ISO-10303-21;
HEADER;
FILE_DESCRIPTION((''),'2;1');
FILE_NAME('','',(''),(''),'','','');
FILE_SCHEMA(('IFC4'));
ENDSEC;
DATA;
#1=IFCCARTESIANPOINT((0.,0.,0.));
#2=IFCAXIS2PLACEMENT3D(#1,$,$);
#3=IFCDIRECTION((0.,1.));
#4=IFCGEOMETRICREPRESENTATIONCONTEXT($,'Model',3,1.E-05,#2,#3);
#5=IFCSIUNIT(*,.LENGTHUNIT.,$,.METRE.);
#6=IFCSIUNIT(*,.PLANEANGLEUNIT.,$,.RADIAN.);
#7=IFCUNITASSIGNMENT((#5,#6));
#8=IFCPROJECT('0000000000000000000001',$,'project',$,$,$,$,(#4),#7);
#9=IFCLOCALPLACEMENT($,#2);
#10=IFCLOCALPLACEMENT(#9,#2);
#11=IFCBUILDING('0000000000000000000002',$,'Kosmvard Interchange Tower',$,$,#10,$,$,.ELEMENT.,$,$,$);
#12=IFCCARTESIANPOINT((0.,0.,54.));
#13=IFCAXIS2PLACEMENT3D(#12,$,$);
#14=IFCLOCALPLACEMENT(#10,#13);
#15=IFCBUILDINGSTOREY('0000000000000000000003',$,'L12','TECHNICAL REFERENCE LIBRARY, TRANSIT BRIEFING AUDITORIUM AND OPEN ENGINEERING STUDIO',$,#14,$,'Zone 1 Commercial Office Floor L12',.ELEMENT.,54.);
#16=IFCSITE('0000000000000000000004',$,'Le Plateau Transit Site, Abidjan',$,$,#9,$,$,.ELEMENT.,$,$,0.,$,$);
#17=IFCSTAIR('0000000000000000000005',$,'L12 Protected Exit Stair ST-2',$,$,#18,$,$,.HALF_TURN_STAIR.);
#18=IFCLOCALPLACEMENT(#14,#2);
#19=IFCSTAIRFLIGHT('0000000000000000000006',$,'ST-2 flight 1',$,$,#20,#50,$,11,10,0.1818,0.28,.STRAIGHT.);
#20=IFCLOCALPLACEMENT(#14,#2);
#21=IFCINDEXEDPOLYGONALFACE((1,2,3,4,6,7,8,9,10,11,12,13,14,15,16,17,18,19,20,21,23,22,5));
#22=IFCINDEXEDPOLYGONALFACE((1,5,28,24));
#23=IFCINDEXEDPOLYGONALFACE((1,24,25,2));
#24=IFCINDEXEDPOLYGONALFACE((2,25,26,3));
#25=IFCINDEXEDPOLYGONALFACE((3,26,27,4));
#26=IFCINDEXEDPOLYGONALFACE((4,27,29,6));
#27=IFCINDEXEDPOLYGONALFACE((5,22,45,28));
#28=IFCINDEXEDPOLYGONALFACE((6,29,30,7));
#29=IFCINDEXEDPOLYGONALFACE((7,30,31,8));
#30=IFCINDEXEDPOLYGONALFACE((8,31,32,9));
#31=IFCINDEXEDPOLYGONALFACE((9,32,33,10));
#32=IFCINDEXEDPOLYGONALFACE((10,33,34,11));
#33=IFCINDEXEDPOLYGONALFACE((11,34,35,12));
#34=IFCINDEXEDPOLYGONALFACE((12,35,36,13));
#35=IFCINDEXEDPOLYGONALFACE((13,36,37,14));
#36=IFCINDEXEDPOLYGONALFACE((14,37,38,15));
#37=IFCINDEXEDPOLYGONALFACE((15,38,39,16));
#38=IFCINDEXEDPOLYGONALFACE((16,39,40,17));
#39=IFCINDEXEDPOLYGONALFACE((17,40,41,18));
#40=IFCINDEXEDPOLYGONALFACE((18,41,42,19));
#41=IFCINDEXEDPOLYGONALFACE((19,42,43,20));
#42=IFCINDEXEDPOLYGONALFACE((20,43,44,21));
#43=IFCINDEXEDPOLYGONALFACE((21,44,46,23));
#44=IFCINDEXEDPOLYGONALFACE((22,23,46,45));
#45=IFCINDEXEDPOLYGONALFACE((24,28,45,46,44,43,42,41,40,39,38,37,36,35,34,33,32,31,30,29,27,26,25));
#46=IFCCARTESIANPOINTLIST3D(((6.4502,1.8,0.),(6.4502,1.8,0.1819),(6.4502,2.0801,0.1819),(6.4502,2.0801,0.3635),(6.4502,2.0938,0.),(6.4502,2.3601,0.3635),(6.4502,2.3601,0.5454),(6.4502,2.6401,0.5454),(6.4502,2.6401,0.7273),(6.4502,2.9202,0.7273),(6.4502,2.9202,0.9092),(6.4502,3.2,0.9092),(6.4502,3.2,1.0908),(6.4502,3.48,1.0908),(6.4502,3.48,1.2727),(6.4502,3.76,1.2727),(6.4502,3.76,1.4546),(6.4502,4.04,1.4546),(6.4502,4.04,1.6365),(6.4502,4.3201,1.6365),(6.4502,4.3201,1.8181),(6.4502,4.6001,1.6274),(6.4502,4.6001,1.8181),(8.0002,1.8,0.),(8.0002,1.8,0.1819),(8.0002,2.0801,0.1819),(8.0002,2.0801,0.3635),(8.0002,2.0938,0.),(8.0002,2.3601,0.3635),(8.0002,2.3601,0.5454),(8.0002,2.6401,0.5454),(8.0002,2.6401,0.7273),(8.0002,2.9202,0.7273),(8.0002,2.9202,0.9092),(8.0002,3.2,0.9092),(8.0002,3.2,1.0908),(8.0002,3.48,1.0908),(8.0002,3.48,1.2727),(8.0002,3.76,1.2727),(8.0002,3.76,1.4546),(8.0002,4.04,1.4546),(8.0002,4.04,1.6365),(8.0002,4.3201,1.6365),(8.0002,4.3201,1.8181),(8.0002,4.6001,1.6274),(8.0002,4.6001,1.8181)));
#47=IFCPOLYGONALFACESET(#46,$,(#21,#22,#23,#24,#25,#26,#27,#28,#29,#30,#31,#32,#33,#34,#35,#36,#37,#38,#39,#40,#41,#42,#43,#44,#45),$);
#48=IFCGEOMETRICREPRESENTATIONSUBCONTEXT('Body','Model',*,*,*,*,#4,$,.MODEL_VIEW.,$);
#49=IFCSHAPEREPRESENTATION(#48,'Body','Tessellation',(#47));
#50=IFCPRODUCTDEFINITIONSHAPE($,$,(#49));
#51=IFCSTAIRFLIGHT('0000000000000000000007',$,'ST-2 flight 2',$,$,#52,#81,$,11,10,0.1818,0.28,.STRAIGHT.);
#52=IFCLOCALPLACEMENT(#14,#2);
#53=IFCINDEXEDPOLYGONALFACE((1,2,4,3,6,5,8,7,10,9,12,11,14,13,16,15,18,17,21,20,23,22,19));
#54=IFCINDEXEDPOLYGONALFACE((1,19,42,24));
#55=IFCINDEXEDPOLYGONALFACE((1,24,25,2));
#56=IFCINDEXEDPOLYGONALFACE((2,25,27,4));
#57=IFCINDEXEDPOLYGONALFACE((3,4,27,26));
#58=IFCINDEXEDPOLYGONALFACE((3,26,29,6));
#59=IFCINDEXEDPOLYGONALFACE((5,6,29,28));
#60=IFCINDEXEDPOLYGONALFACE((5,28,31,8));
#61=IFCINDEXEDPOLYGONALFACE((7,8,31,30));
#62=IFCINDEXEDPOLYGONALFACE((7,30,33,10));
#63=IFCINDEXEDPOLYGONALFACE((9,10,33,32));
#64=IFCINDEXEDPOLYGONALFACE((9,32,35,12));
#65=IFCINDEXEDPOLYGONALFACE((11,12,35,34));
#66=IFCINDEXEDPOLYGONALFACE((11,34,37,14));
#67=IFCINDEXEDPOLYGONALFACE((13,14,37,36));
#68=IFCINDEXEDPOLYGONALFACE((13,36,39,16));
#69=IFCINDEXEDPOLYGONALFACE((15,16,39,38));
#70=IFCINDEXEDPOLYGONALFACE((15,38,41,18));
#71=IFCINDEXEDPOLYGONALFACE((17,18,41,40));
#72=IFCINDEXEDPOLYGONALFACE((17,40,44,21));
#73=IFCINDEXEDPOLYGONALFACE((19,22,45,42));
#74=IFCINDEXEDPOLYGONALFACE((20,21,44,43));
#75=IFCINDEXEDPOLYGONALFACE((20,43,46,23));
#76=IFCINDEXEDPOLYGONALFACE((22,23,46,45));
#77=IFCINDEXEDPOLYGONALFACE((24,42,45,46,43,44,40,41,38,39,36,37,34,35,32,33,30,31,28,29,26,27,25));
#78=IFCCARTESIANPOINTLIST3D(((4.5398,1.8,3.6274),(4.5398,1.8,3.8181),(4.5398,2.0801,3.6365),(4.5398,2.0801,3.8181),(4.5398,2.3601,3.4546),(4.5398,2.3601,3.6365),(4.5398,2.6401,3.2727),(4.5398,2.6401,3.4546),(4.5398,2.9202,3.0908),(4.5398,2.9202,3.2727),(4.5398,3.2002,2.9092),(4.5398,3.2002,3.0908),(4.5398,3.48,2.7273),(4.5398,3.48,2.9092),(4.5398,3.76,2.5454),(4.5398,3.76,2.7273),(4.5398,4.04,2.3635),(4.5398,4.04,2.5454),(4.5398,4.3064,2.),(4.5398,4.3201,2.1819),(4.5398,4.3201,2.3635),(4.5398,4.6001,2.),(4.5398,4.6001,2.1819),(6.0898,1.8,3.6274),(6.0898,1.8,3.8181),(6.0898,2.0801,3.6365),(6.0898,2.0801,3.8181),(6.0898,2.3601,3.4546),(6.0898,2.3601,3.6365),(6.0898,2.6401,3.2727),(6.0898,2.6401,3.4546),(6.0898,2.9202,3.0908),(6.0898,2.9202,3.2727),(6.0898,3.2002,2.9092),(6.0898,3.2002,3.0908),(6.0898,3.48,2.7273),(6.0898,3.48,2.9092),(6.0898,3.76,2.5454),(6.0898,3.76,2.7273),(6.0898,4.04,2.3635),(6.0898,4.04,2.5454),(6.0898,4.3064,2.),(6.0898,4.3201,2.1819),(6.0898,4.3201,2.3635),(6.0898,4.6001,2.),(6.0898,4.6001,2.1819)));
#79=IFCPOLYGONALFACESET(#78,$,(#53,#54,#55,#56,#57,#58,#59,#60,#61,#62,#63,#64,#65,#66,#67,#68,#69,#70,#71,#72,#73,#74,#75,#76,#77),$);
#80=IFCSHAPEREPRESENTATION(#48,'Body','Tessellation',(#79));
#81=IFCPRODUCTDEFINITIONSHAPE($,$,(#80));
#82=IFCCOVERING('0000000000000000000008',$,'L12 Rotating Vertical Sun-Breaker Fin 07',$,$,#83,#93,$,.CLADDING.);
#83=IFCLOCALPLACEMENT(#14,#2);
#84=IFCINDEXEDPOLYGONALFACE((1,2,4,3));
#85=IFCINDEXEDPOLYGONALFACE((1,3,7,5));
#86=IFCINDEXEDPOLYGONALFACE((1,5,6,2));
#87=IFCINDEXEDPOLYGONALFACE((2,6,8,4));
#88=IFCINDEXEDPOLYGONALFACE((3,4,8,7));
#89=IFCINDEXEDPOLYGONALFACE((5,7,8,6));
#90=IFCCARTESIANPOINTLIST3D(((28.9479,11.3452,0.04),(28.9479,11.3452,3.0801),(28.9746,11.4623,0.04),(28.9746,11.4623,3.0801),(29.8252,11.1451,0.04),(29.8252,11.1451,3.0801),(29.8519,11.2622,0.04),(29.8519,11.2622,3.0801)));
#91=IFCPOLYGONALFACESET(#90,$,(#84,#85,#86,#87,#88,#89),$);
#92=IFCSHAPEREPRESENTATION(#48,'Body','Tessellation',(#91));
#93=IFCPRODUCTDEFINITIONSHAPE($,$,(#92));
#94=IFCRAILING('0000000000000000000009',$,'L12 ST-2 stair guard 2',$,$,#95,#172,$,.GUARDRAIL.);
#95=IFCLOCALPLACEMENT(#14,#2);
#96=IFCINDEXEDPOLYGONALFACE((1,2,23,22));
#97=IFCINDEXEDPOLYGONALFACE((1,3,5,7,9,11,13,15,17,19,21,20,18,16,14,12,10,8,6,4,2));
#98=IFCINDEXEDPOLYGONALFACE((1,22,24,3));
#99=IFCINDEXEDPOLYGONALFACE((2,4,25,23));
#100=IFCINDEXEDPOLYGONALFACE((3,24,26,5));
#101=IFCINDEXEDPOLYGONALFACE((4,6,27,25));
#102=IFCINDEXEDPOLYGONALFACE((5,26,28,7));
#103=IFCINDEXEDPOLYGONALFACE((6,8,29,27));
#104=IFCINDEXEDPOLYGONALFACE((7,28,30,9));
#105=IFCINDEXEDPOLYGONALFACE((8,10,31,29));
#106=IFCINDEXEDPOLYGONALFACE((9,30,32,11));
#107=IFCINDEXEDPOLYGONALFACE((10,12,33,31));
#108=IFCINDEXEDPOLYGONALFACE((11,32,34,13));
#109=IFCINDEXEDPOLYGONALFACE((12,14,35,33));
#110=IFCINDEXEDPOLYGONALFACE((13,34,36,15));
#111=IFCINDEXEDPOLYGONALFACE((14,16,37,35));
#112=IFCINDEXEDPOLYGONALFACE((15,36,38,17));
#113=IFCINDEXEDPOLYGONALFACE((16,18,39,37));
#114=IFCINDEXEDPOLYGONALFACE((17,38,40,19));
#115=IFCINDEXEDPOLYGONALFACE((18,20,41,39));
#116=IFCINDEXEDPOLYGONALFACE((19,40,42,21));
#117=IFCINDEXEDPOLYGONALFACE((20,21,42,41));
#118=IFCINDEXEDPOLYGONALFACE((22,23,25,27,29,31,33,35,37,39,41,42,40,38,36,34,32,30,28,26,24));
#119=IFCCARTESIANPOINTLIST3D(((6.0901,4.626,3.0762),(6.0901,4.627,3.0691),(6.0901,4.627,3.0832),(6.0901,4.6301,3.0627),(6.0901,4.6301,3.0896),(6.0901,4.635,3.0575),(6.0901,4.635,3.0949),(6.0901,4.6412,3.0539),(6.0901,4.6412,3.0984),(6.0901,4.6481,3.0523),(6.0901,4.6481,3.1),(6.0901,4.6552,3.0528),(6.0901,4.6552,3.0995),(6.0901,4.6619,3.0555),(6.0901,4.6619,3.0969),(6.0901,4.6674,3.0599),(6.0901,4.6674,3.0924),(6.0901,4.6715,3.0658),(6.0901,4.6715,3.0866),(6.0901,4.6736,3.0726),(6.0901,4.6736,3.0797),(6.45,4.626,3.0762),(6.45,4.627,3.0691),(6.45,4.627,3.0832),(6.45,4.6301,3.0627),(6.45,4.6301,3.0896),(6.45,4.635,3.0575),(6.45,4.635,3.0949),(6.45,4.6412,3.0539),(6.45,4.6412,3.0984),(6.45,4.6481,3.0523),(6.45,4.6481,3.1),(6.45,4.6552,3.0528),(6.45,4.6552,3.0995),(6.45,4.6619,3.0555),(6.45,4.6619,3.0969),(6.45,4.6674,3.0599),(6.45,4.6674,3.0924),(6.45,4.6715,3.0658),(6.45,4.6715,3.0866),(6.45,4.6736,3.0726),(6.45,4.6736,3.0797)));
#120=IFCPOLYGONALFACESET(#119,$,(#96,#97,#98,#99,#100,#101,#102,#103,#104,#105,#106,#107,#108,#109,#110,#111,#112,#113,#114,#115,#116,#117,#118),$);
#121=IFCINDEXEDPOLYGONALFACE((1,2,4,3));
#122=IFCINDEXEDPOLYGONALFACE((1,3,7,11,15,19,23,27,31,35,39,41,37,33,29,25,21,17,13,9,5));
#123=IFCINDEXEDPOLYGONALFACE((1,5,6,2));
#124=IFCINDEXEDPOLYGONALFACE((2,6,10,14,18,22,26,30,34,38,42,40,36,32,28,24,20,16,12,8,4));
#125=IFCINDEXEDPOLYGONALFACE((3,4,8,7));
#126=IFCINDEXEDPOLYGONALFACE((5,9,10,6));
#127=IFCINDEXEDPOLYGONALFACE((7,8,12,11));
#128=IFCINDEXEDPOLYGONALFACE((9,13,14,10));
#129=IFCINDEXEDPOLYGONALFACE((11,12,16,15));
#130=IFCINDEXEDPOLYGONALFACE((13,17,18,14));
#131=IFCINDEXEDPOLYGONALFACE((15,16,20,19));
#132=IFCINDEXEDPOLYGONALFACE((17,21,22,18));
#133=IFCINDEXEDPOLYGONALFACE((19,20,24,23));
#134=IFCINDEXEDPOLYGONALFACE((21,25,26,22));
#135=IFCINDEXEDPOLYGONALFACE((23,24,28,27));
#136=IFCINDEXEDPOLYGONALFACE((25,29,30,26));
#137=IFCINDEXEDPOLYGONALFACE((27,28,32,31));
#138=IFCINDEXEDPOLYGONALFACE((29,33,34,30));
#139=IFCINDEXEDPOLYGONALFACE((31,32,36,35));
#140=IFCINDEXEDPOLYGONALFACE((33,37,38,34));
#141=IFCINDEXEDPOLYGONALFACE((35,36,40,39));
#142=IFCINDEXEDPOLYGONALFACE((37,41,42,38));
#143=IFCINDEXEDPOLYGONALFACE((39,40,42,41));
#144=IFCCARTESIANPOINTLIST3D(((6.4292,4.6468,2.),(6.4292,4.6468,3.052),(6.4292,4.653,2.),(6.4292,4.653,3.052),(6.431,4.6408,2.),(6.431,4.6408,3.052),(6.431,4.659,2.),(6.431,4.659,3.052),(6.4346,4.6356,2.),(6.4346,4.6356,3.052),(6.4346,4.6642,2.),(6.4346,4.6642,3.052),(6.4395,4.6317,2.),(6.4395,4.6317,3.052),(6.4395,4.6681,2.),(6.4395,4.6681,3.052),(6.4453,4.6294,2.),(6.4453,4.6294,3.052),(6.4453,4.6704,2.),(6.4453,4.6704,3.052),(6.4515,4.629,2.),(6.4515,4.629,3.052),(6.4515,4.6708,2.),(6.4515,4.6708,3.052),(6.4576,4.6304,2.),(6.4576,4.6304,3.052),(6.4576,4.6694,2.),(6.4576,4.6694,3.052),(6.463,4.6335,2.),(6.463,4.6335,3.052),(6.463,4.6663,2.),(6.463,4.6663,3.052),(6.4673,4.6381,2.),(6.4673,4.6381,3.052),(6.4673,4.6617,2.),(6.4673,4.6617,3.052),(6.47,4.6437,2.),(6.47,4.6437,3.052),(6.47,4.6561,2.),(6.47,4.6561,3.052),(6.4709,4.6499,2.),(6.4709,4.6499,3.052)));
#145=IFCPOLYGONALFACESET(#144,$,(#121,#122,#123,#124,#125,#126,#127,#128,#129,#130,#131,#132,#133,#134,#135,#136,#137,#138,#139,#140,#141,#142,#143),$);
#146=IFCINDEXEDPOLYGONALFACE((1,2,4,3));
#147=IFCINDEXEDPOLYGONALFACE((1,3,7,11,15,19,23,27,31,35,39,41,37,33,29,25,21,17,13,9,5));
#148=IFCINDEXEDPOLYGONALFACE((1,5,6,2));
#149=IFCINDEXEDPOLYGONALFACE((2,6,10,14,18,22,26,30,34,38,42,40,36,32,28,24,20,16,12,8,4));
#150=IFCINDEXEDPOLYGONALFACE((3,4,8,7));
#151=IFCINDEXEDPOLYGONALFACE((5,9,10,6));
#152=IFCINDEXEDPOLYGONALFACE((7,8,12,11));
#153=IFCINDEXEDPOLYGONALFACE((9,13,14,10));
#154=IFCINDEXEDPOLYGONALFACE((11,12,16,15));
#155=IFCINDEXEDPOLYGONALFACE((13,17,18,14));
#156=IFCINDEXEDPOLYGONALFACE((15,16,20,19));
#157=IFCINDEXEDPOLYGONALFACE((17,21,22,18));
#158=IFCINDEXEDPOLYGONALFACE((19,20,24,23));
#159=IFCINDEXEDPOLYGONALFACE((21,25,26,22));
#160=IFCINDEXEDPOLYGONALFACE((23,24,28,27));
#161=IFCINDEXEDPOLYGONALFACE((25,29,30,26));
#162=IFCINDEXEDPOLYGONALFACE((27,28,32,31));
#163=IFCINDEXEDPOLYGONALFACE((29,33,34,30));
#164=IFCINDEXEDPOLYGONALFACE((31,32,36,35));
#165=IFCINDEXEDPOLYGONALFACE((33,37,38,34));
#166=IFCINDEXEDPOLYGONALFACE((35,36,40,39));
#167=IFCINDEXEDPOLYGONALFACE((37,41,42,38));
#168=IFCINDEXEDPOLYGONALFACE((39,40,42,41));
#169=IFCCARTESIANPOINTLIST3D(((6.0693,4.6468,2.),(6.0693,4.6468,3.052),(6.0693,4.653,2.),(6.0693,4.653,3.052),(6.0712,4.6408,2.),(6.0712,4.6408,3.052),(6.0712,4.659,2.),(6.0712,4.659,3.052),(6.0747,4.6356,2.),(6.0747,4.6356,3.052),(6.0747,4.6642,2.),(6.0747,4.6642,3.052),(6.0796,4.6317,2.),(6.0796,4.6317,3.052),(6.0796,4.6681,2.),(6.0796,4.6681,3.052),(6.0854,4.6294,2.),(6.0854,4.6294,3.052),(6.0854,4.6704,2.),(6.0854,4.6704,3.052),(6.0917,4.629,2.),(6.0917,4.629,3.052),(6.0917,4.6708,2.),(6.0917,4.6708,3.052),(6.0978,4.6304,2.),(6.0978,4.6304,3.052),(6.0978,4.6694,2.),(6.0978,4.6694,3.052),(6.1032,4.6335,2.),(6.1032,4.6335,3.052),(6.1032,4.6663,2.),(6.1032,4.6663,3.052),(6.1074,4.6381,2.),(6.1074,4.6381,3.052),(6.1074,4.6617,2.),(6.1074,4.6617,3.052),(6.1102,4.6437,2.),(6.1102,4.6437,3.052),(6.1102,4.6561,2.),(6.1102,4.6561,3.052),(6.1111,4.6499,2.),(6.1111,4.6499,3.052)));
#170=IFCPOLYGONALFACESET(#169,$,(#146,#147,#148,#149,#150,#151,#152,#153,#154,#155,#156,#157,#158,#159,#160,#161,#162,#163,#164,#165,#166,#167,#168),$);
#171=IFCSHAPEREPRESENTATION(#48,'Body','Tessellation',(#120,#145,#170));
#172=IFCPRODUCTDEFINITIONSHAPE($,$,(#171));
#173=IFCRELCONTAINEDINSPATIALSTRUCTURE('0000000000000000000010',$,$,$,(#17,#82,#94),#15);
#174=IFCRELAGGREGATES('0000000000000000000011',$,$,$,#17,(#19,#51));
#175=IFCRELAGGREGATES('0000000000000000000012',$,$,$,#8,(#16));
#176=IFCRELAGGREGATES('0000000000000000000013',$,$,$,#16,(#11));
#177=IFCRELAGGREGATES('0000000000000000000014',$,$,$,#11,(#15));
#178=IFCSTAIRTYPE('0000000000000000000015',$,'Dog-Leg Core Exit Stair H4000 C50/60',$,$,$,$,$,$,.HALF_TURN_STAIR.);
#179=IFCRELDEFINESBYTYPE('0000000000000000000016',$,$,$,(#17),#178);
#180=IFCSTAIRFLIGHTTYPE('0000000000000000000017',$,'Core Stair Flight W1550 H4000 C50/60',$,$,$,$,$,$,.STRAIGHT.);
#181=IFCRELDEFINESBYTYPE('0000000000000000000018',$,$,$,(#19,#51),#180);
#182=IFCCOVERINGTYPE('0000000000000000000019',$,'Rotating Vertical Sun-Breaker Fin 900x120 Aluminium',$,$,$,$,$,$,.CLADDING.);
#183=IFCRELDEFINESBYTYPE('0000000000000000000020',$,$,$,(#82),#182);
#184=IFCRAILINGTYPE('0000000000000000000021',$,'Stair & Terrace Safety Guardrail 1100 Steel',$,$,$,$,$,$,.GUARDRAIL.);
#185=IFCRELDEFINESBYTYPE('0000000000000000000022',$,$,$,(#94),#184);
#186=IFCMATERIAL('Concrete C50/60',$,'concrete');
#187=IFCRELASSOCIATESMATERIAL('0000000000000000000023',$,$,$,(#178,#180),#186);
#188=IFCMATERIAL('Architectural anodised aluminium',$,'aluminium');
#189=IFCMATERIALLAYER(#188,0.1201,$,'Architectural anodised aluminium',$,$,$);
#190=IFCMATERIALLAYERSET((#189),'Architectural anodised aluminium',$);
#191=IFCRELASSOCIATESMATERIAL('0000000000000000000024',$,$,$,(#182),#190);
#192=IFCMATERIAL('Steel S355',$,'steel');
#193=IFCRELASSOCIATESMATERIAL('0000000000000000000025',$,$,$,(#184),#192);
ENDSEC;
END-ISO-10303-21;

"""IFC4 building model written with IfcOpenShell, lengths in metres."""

from ifc_helpers import new_model, si_unit, direction, frame, origin, origin_2d, place, context, subcontext, project, spatial, polyline, rectangle, circle, outline, extrude, source, transform, mapped, material, layer, layer_set, type_object, element, aggregate, save


model = new_model("IFC4")

# Units and contexts
model_context = context("Model", 3, precision=1e-05, world=origin(), true_north=direction((0.0, 1.0)))
body_context = subcontext(model_context, "Body", "Model", "MODEL_VIEW")
ifc_project = project(units=[si_unit("LENGTHUNIT", "METRE"), si_unit("PLANEANGLEUNIT", "RADIAN")], contexts=[model_context])

# Site, building, storey
site_placement = place(None, origin())
site = spatial("IfcSite", under=ifc_project, at=site_placement, Name="Le Plateau Transit Site, Abidjan", CompositionType="ELEMENT", RefElevation=0.0)
building_placement = place(site_placement, origin())
building = spatial("IfcBuilding", under=site, at=building_placement, Name="Kosmvard Interchange Tower", CompositionType="ELEMENT")
storey_placement = place(building_placement, frame((0.0, 0.0, 54.0)))
storey = spatial("IfcBuildingStorey", under=building, at=storey_placement, Name="L12", Description="TECHNICAL REFERENCE LIBRARY, TRANSIT BRIEFING AUDITORIUM AND OPEN ENGINEERING STUDIO", LongName="Zone 1 Commercial Office Floor L12", CompositionType="ELEMENT", Elevation=54.0)

# Shared definitions
ifc_material_1 = material(Name="Steel S355", Category="steel")

# Stair, stair flights
ifc_material_2 = material(Name="Concrete C50/60", Category="concrete")
stair_type = type_object("IfcStairType", Name="Dog-Leg Core Exit Stair H4000 C50/60", PredefinedType="HALF_TURN_STAIR", material=ifc_material_2)
stair_placement = place(storey_placement, origin())
stair = element("IfcStair", 1, at=stair_placement, inside=storey, type_object=stair_type, Name="L12 Protected Exit Stair ST-2", PredefinedType="HALF_TURN_STAIR")
stair_flight_type = type_object("IfcStairFlightType", Name="Core Stair Flight W1550 H4000 C50/60", PredefinedType="STRAIGHT", material=ifc_material_2)
shared_shape_1 = source(origin(), body_context, "Body", "SweptSolid", [
    extrude(outline(polyline([(0.0, 0.0), (0.0, 0.1819), (0.28, 0.1819), (0.28, 0.3635), (0.5601, 0.3635), (0.5601, 0.5454), (0.8401, 0.5454), (0.8401, 0.7273), (1.1201, 0.7273), (1.1201, 0.9092), (1.3999, 0.9092), (1.3999, 1.0908), (1.6799, 1.0908), (1.6799, 1.2727), (1.96, 1.2727), (1.96, 1.4546), (2.24, 1.4546), (2.24, 1.6365), (2.52, 1.6365), (2.52, 1.8181), (2.8, 1.8181), (2.8, 2.0), (2.8, 1.6274), (0.2937, 0.0), (0.0, 0.0)])), frame((0.0, 0.7749, 0.0), z_axis=(0.0, -1.0, 0.0), x_axis=(1.0, 0.0, 0.0)), (0.0, 0.0, 1.0), 1.55),
])
stair_flight_1_placement = place(storey_placement, frame((7.2251, 1.8, 0.0), z_axis=(0.0, 0.0, 1.0), x_axis=(0.0, 1.0, 0.0)))
stair_flight_1 = element("IfcStairFlight", 2, at=stair_flight_1_placement, type_object=stair_flight_type, Name="ST-2 flight 1", NumberOfRisers=11, NumberOfTreads=10, PredefinedType="STRAIGHT", RiserHeight=0.1818, TreadLength=0.28, context=body_context, shape_type="MappedRepresentation", body=[
    mapped(shared_shape_1, transform((0.0, 0.0, 0.0), scale=1.0)),
])
stair_flight_2_placement = place(storey_placement, frame((5.3149, 4.6001, 2.0), z_axis=(0.0, 0.0, 1.0), x_axis=(0.0, -1.0, 0.0)))
stair_flight_2 = element("IfcStairFlight", 3, at=stair_flight_2_placement, type_object=stair_flight_type, Name="ST-2 flight 2", NumberOfRisers=11, NumberOfTreads=10, PredefinedType="STRAIGHT", RiserHeight=0.1818, TreadLength=0.28, context=body_context, shape_type="MappedRepresentation", body=[
    mapped(shared_shape_1, transform((0.0, 0.0, 0.0), scale=1.0)),
])
aggregate(stair, [stair_flight_1, stair_flight_2])

# Covering
ifc_material_3 = material(Name="Architectural anodised aluminium", Category="aluminium")
ifc_layer_1 = layer(ifc_material_3, 0.1201, Name="Architectural anodised aluminium")
ifc_layer_set_1 = layer_set([ifc_layer_1], Name="Architectural anodised aluminium")
covering_type = type_object("IfcCoveringType", Name="Rotating Vertical Sun-Breaker Fin 900x120 Aluminium", PredefinedType="CLADDING", material=ifc_layer_set_1)
shared_shape_2 = source(origin(), body_context, "Body", "SweptSolid", [
    extrude(rectangle(XDim=0.8999, YDim=0.1201, at=origin_2d()), origin(), (0.0, 0.0, 1.0), 3.04),
])
covering_placement = place(storey_placement, frame((29.3999, 11.3037, 0.04), z_axis=(0.0, 0.0, 1.0), x_axis=(0.974956, -0.222399, 0.0)))
element("IfcCovering", 4, at=covering_placement, inside=storey, type_object=covering_type, Name="L12 Rotating Vertical Sun-Breaker Fin 07", PredefinedType="CLADDING", context=body_context, shape_type="MappedRepresentation", body=[
    mapped(shared_shape_2, transform((0.0, 0.0, 0.0), scale=1.0)),
])

# Railing
railing_type_1 = type_object("IfcRailingType", Name="Stair & Terrace Safety Guardrail 1100 Steel", PredefinedType="GUARDRAIL", material=ifc_material_1)
shared_shape_3 = source(origin(), body_context, "Body", "SweptSolid", [
    extrude(circle(Radius=0.0239, at=origin_2d()), frame((0.0, 0.0, 1.0762), z_axis=(-1.0, 0.0, 0.0), x_axis=(0.0, -1.0, 0.0)), (0.0, 0.0, 1.0), 0.3599),
    extrude(circle(Radius=0.021, at=origin_2d()), origin(), (0.0, 0.0, 1.0), 1.052),
    extrude(circle(Radius=0.021, at=origin_2d()), frame((-0.3599, 0.0, 0.0)), (0.0, 0.0, 1.0), 1.052),
])
for number, where, name in (
    (5, (6.45, 4.6499, 2.0), "L12 ST-2 stair guard 2"),
):
    element("IfcRailing", number, at=place(storey_placement, frame(where)), inside=storey, type_object=railing_type_1, Name=name, PredefinedType="GUARDRAIL", context=body_context, shape_type="MappedRepresentation", body=[
        mapped(shared_shape_3, transform((0.0, 0.0, 0.0), scale=1.0)),
    ])

save(model, "model.ifc")
